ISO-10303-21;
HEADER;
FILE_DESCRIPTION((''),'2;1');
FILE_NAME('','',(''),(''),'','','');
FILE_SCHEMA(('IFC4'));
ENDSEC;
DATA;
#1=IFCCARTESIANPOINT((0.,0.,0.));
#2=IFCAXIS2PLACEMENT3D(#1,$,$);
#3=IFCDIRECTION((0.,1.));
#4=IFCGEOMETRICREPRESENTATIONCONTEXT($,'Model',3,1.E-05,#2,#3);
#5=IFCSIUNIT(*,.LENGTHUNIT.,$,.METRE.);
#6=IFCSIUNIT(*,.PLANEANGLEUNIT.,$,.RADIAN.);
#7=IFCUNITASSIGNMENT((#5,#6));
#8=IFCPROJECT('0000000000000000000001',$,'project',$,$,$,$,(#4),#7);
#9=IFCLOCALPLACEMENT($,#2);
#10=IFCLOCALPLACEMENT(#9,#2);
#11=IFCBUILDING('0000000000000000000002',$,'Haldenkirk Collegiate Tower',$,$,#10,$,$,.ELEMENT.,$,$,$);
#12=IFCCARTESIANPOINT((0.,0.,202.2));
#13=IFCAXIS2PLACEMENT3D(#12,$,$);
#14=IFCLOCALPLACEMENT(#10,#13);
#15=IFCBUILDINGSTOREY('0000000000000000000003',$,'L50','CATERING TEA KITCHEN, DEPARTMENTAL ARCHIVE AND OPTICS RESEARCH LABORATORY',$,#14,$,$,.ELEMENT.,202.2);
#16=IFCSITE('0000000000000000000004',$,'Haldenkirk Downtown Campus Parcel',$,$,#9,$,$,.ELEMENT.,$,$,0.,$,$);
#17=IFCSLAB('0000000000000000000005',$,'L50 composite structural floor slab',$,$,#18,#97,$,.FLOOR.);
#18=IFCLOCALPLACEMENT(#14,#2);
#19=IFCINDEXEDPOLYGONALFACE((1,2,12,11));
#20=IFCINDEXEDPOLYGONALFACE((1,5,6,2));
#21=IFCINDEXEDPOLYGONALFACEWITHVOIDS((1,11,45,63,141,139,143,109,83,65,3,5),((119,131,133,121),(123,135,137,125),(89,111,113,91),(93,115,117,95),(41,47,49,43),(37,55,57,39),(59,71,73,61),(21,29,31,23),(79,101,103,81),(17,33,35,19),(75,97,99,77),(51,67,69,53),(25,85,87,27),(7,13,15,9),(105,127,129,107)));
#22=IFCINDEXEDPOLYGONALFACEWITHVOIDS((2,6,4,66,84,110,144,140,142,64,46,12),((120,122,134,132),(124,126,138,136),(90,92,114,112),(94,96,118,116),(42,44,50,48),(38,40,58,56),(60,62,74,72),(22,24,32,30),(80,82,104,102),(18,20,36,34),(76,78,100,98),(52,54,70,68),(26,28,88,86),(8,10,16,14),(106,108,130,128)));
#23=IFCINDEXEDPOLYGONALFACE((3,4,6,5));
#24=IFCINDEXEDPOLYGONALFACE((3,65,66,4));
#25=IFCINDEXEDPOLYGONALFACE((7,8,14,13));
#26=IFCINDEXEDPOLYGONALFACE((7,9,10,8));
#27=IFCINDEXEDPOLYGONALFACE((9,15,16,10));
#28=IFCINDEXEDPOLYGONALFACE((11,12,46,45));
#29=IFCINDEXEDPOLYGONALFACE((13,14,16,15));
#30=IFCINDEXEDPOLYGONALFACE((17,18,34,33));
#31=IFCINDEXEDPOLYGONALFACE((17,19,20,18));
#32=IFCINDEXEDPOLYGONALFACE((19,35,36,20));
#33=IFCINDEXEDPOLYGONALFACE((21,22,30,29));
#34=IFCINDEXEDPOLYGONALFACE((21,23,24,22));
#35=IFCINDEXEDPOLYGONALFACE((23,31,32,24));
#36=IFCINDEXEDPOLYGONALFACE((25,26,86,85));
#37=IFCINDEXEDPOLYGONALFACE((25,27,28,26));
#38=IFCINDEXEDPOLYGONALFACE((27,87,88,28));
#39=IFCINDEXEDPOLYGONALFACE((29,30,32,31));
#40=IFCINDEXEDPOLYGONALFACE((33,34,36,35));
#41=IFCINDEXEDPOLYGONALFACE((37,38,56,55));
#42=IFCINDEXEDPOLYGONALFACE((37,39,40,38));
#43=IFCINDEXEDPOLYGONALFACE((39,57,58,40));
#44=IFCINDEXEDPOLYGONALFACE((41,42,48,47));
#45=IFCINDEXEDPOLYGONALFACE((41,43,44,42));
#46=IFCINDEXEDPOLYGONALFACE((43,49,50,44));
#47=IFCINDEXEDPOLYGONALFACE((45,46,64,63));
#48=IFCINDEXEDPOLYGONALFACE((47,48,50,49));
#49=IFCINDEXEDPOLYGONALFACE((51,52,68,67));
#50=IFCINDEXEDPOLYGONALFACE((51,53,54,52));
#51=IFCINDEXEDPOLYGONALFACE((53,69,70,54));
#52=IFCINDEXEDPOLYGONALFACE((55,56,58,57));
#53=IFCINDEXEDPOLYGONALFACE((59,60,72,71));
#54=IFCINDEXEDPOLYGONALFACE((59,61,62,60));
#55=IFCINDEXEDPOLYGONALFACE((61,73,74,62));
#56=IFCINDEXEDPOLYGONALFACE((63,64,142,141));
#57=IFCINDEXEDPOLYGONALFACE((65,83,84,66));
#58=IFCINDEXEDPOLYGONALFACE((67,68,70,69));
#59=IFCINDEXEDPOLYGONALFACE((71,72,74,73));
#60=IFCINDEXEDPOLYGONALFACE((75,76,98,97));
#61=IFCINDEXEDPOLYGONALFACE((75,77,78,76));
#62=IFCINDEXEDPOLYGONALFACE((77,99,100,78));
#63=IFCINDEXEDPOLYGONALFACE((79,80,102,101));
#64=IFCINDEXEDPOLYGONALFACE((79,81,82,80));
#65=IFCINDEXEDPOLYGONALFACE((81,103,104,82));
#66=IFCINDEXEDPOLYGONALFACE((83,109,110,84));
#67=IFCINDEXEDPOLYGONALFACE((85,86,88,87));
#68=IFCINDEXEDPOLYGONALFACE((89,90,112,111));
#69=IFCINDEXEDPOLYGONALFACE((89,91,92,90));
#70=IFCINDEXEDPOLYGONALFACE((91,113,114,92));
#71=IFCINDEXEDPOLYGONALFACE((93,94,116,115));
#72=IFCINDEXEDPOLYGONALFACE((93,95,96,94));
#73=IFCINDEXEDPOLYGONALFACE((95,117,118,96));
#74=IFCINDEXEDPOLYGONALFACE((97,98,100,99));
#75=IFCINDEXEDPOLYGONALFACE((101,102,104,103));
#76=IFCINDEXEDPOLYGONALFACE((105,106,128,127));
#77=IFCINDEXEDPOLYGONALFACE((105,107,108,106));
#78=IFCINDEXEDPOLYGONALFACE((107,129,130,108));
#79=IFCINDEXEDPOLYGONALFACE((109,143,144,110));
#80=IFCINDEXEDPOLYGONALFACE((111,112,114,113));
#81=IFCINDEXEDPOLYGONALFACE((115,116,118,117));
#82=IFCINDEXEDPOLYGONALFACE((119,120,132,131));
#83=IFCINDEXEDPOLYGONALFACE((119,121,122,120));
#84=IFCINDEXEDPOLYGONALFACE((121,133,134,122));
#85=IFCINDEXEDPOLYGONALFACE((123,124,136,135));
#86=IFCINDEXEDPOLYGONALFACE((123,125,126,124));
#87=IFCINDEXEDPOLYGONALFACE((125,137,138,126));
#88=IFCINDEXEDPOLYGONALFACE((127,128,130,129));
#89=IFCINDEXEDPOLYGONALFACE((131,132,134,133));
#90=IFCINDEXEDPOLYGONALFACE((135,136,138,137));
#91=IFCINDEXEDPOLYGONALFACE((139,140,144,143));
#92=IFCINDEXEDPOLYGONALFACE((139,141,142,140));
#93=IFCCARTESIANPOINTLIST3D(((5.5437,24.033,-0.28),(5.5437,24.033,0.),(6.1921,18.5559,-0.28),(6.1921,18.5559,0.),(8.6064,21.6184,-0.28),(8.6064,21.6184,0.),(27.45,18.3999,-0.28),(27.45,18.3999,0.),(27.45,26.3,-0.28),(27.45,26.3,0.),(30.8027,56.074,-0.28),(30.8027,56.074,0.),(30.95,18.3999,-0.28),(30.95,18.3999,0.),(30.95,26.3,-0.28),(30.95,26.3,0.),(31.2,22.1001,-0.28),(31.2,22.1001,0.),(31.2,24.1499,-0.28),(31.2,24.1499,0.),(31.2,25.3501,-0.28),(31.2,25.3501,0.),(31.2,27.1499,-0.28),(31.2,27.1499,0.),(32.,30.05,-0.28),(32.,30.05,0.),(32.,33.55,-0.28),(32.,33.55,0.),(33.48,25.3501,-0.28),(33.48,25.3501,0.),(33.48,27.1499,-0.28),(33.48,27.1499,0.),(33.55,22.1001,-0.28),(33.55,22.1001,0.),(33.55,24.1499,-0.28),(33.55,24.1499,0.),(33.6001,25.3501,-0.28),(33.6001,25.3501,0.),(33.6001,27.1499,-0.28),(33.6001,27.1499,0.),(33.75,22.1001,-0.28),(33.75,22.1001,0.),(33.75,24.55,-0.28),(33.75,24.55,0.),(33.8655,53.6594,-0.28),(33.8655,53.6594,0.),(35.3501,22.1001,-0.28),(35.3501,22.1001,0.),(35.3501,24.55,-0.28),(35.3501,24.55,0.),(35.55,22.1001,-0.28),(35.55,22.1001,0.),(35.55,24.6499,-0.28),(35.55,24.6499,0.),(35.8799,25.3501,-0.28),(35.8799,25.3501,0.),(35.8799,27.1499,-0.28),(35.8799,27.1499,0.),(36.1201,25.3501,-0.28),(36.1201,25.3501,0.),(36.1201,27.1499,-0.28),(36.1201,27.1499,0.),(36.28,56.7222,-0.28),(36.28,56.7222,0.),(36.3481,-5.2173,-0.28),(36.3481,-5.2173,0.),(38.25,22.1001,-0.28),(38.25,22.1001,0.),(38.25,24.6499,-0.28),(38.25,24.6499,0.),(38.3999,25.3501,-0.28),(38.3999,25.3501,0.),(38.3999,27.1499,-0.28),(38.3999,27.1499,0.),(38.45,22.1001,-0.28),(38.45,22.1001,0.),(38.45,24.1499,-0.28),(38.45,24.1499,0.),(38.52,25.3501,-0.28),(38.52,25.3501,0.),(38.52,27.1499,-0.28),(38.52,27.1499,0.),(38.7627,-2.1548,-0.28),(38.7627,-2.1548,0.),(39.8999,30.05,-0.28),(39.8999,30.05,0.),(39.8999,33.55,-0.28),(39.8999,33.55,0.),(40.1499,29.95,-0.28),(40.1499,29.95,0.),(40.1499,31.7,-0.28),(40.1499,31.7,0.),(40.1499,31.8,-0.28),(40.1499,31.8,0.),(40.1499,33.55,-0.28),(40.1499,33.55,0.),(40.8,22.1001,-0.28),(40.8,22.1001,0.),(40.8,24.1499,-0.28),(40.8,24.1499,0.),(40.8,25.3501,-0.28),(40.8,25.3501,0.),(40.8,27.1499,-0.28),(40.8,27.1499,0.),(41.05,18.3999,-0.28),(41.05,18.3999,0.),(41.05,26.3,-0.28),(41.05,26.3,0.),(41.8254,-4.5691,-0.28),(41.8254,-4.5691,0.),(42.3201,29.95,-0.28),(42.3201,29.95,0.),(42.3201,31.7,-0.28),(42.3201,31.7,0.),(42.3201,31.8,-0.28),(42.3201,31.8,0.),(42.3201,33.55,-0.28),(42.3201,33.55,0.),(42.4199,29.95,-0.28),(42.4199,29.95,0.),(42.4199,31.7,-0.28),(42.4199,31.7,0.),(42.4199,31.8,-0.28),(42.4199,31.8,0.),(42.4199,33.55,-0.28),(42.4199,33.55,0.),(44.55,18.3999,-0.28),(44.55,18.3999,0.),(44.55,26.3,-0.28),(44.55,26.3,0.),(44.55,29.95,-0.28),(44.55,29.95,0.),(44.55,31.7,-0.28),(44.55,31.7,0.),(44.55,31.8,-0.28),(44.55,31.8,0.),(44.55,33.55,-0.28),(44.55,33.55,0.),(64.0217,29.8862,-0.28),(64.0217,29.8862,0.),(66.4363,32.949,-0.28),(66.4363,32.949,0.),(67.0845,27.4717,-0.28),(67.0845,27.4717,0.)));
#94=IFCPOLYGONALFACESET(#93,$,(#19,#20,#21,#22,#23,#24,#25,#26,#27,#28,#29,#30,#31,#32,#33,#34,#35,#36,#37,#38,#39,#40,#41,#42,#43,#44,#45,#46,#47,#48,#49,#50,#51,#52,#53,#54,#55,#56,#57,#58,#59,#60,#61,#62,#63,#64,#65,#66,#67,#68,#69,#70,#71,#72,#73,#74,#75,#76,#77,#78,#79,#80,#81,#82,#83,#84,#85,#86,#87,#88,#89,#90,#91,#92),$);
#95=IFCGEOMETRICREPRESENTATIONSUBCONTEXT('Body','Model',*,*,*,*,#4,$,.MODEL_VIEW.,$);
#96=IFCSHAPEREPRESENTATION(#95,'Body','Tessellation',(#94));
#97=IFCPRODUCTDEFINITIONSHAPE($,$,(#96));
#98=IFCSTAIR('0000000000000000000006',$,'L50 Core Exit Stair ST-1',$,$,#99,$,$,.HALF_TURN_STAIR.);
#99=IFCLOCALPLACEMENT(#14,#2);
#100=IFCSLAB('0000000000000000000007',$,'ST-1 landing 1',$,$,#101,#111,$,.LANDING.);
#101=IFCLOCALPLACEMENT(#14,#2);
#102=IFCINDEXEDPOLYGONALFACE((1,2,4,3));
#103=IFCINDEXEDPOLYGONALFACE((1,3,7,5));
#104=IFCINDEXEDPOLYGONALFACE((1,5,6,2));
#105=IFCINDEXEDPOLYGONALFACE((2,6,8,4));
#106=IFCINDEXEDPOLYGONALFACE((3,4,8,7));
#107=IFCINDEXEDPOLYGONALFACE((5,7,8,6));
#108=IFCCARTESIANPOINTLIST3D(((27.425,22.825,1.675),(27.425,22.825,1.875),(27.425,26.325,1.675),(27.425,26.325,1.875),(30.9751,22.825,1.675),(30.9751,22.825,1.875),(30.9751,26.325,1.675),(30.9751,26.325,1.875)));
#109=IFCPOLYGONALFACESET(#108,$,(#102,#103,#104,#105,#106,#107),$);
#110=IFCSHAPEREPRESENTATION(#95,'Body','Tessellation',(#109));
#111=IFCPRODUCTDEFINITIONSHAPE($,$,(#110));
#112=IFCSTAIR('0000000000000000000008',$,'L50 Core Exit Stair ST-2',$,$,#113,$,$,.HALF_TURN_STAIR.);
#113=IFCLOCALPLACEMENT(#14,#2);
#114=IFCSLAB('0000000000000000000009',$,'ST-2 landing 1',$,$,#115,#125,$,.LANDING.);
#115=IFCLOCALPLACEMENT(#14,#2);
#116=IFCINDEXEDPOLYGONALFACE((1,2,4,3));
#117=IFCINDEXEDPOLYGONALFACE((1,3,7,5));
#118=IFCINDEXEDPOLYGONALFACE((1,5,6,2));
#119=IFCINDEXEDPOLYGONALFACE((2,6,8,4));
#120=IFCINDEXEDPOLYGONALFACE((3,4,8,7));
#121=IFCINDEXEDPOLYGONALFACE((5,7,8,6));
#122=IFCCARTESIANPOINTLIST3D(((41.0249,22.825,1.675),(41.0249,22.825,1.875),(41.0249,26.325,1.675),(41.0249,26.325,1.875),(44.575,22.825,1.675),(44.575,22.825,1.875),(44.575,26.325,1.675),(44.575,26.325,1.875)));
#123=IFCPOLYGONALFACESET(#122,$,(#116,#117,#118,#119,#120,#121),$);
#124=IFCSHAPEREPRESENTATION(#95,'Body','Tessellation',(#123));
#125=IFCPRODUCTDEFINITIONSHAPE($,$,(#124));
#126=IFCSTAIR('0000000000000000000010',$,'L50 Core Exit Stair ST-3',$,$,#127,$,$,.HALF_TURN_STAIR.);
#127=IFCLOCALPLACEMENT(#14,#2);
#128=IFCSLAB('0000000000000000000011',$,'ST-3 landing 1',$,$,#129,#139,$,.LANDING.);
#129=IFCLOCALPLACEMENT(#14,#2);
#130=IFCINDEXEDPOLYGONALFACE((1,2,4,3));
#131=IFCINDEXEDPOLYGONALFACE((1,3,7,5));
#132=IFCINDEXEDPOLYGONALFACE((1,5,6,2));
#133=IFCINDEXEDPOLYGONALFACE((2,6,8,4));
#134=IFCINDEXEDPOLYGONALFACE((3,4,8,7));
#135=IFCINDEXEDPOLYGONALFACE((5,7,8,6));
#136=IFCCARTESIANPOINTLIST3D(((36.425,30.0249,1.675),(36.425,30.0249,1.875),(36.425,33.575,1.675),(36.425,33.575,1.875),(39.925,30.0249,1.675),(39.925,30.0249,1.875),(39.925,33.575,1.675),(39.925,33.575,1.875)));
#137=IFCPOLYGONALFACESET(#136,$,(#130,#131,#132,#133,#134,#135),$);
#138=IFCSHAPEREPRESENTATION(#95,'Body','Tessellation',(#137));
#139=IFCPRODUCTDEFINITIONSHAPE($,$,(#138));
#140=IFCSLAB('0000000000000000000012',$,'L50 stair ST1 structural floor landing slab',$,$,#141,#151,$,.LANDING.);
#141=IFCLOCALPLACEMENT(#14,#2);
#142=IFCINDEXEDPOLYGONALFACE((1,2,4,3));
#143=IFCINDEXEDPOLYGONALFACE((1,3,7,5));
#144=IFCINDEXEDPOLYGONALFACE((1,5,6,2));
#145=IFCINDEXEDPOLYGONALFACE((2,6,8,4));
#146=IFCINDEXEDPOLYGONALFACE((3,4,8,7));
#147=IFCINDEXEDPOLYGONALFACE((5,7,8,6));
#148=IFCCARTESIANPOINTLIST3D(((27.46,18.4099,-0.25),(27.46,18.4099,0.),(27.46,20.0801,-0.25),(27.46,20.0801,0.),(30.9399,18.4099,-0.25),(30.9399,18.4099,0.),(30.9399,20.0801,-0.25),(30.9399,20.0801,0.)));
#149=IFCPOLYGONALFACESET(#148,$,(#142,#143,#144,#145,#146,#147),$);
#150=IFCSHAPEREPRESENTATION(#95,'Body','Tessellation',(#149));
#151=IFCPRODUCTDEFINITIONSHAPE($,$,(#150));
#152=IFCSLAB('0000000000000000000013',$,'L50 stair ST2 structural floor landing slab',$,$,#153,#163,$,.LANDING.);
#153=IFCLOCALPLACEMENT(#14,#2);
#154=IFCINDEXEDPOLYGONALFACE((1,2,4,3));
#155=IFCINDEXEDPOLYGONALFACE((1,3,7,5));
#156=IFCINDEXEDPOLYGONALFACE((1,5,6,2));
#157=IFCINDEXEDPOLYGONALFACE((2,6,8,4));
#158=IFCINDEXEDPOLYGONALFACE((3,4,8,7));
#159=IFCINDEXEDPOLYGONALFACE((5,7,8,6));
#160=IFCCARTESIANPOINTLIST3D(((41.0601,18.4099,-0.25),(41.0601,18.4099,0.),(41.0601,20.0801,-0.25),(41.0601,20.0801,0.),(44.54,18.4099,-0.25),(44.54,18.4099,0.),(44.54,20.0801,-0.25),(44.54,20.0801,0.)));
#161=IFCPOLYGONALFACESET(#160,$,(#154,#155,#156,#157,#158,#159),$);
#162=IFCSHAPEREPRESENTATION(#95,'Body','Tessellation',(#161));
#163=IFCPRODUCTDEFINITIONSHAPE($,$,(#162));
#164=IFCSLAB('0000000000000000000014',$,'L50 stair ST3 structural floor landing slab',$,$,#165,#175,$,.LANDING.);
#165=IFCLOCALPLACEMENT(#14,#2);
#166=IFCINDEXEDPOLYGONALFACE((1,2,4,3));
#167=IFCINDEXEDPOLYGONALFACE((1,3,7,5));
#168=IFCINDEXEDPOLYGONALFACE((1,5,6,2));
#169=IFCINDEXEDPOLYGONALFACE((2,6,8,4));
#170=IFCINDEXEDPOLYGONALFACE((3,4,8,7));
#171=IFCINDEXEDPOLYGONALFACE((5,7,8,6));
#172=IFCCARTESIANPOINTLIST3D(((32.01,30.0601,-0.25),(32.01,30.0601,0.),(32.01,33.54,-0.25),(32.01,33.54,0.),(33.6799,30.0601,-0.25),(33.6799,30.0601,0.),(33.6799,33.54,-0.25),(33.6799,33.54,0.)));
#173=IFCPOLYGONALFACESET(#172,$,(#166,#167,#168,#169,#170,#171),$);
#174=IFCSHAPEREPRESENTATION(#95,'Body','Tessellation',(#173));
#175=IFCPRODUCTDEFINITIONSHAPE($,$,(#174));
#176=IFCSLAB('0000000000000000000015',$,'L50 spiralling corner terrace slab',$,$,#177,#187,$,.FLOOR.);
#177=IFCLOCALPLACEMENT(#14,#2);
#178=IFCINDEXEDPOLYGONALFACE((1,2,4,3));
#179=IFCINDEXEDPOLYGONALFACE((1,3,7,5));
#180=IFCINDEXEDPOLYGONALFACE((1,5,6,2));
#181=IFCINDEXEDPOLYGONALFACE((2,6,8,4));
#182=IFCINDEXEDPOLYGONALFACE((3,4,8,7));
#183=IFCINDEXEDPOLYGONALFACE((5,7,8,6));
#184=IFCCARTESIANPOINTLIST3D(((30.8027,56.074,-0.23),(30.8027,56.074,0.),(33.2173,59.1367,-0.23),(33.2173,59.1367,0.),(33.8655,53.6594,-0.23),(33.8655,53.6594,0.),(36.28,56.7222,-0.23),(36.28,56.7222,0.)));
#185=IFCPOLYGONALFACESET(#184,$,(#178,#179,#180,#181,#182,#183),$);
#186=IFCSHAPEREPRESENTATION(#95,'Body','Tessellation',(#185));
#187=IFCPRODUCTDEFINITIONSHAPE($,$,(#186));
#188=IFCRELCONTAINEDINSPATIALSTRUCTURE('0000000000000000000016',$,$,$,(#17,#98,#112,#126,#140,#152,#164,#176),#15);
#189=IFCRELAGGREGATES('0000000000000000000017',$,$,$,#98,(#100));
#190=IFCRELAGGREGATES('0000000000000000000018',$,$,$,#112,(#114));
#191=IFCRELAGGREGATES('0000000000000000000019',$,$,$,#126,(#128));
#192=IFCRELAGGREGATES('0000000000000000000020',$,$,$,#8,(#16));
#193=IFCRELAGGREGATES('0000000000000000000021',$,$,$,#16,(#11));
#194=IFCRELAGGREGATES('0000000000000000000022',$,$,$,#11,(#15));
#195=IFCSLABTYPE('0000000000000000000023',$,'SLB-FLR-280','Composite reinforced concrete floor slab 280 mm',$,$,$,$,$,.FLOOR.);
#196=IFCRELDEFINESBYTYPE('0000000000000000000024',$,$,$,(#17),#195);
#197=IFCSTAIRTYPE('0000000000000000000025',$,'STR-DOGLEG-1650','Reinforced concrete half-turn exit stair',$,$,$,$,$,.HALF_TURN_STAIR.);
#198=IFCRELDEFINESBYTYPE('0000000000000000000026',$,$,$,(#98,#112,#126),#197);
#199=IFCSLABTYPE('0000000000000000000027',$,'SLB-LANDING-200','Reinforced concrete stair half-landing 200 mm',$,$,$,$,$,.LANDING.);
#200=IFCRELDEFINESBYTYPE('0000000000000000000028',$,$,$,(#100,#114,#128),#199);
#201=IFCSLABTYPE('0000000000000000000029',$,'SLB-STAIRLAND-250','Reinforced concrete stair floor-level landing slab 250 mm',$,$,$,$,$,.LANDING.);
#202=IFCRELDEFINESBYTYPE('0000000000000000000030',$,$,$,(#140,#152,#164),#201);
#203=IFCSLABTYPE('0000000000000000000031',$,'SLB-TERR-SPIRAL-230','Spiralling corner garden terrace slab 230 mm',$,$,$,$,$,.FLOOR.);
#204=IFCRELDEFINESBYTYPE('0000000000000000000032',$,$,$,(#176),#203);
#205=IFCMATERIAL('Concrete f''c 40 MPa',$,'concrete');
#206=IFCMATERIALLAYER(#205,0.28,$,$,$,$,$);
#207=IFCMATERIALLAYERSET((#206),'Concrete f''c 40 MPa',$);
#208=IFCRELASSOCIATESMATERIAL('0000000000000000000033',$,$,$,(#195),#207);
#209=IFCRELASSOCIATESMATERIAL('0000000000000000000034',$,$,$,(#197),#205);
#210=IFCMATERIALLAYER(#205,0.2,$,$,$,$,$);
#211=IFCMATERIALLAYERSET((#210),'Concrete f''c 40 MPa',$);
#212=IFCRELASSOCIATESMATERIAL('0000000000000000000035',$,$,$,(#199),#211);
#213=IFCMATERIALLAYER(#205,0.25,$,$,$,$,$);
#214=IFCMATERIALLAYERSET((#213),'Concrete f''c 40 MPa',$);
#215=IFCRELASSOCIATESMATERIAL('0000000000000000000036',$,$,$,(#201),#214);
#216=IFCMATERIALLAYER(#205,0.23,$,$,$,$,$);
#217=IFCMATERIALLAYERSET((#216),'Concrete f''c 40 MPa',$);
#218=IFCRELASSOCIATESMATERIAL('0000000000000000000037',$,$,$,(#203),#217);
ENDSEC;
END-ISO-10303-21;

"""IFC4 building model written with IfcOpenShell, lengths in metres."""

from ifc_helpers import new_model, si_unit, direction, frame, origin, place, context, subcontext, project, spatial, polyline, outline, extrude, material, layer, layer_set, type_object, element, aggregate, save


model = new_model("IFC4")

# Units and contexts
model_context = context("Model", 3, precision=1e-05, world=origin(), true_north=direction((0.0, 1.0)))
body_context = subcontext(model_context, "Body", "Model", "MODEL_VIEW")
ifc_project = project(units=[si_unit("LENGTHUNIT", "METRE"), si_unit("PLANEANGLEUNIT", "RADIAN")], contexts=[model_context])

# Site, building, storey
site_placement = place(None, origin())
site = spatial("IfcSite", under=ifc_project, at=site_placement, Name="Haldenkirk Downtown Campus Parcel", CompositionType="ELEMENT", RefElevation=0.0)
building_placement = place(site_placement, origin())
building = spatial("IfcBuilding", under=site, at=building_placement, Name="Haldenkirk Collegiate Tower", CompositionType="ELEMENT")
storey_placement = place(building_placement, frame((0.0, 0.0, 202.2)))
storey = spatial("IfcBuildingStorey", under=building, at=storey_placement, Name="L50", Description="CATERING TEA KITCHEN, DEPARTMENTAL ARCHIVE AND OPTICS RESEARCH LABORATORY", CompositionType="ELEMENT", Elevation=202.2)

# Slab
ifc_material_1 = material(Name="Concrete f'c 40 MPa", Category="concrete")
ifc_layer_1 = layer(ifc_material_1, 0.28)
ifc_layer_set_1 = layer_set([ifc_layer_1], Name="Concrete f'c 40 MPa")
slab_type_1 = type_object("IfcSlabType", Name="SLB-FLR-280", Description="Composite reinforced concrete floor slab 280 mm", PredefinedType="FLOOR", material=ifc_layer_set_1)
slab_1_placement = place(storey_placement, frame((0.0, 0.0, -0.28)))
element("IfcSlab", 1, at=slab_1_placement, inside=storey, type_object=slab_type_1, Name="L50 composite structural floor slab", PredefinedType="FLOOR", context=body_context, shape_type="SweptSolid", body=[
    extrude(outline(polyline([(41.8254, -4.5691), (67.0845, 27.4717), (64.0217, 29.8862), (66.4363, 32.949), (36.28, 56.7222), (33.8655, 53.6594), (30.8027, 56.074), (5.5437, 24.033), (8.6064, 21.6184), (6.1921, 18.5559), (36.3481, -5.2173), (38.7627, -2.1548), (41.8254, -4.5691)]), holes=[polyline([(27.45, 18.3999), (30.95, 18.3999), (30.95, 26.3), (27.45, 26.3), (27.45, 18.3999)]), polyline([(41.05, 18.3999), (44.55, 18.3999), (44.55, 26.3), (41.05, 26.3), (41.05, 18.3999)]), polyline([(32.0, 30.05), (39.8999, 30.05), (39.8999, 33.55), (32.0, 33.55), (32.0, 30.05)]), polyline([(33.75, 22.1001), (35.3501, 22.1001), (35.3501, 24.55), (33.75, 24.55), (33.75, 22.1001)]), polyline([(40.1499, 29.95), (42.3201, 29.95), (42.3201, 31.7), (40.1499, 31.7), (40.1499, 29.95)]), polyline([(42.4199, 29.95), (44.55, 29.95), (44.55, 31.7), (42.4199, 31.7), (42.4199, 29.95)]), polyline([(40.1499, 31.8), (42.3201, 31.8), (42.3201, 33.55), (40.1499, 33.55), (40.1499, 31.8)]), polyline([(42.4199, 31.8), (44.55, 31.8), (44.55, 33.55), (42.4199, 33.55), (42.4199, 31.8)]), polyline([(31.2, 25.3501), (33.48, 25.3501), (33.48, 27.1499), (31.2, 27.1499), (31.2, 25.3501)]), polyline([(33.6001, 25.3501), (35.8799, 25.3501), (35.8799, 27.1499), (33.6001, 27.1499), (33.6001, 25.3501)]), polyline([(36.1201, 25.3501), (38.3999, 25.3501), (38.3999, 27.1499), (36.1201, 27.1499), (36.1201, 25.3501)]), polyline([(38.52, 25.3501), (40.8, 25.3501), (40.8, 27.1499), (38.52, 27.1499), (38.52, 25.3501)]), polyline([(31.2, 22.1001), (33.55, 22.1001), (33.55, 24.1499), (31.2, 24.1499), (31.2, 22.1001)]), polyline([(38.45, 22.1001), (40.8, 22.1001), (40.8, 24.1499), (38.45, 24.1499), (38.45, 22.1001)]), polyline([(35.55, 22.1001), (38.25, 22.1001), (38.25, 24.6499), (35.55, 24.6499), (35.55, 22.1001)])]), origin(), (0.0, 0.0, 1.0), 0.28),
])

# Stairs, slabs
stair_type = type_object("IfcStairType", Name="STR-DOGLEG-1650", Description="Reinforced concrete half-turn exit stair", PredefinedType="HALF_TURN_STAIR", material=ifc_material_1)
stair_1_placement = place(storey_placement, origin())
stair_1 = element("IfcStair", 2, at=stair_1_placement, inside=storey, type_object=stair_type, Name="L50 Core Exit Stair ST-1", PredefinedType="HALF_TURN_STAIR")
ifc_layer_2 = layer(ifc_material_1, 0.2)
ifc_layer_set_2 = layer_set([ifc_layer_2], Name="Concrete f'c 40 MPa")
slab_type_2 = type_object("IfcSlabType", Name="SLB-LANDING-200", Description="Reinforced concrete stair half-landing 200 mm", PredefinedType="LANDING", material=ifc_layer_set_2)
slab_2_placement = place(storey_placement, frame((0.0, 0.0, 1.675)))
slab_2 = element("IfcSlab", 3, at=slab_2_placement, type_object=slab_type_2, Name="ST-1 landing 1", PredefinedType="LANDING", context=body_context, shape_type="SweptSolid", body=[
    extrude(outline(polyline([(30.9751, 22.825), (27.425, 22.825), (27.425, 26.325), (30.9751, 26.325), (30.9751, 22.825)])), origin(), (0.0, 0.0, 1.0), 0.2),
])
aggregate(stair_1, [slab_2])
stair_2_placement = place(storey_placement, origin())
stair_2 = element("IfcStair", 4, at=stair_2_placement, inside=storey, type_object=stair_type, Name="L50 Core Exit Stair ST-2", PredefinedType="HALF_TURN_STAIR")
slab_3_placement = place(storey_placement, frame((0.0, 0.0, 1.675)))
slab_3 = element("IfcSlab", 5, at=slab_3_placement, type_object=slab_type_2, Name="ST-2 landing 1", PredefinedType="LANDING", context=body_context, shape_type="SweptSolid", body=[
    extrude(outline(polyline([(44.575, 22.825), (41.0249, 22.825), (41.0249, 26.325), (44.575, 26.325), (44.575, 22.825)])), origin(), (0.0, 0.0, 1.0), 0.2),
])
aggregate(stair_2, [slab_3])
stair_3_placement = place(storey_placement, origin())
stair_3 = element("IfcStair", 6, at=stair_3_placement, inside=storey, type_object=stair_type, Name="L50 Core Exit Stair ST-3", PredefinedType="HALF_TURN_STAIR")
slab_4_placement = place(storey_placement, frame((0.0, 0.0, 1.675)))
slab_4 = element("IfcSlab", 7, at=slab_4_placement, type_object=slab_type_2, Name="ST-3 landing 1", PredefinedType="LANDING", context=body_context, shape_type="SweptSolid", body=[
    extrude(outline(polyline([(36.425, 30.0249), (36.425, 33.575), (39.925, 33.575), (39.925, 30.0249), (36.425, 30.0249)])), origin(), (0.0, 0.0, 1.0), 0.2),
])
aggregate(stair_3, [slab_4])

# Slabs
ifc_layer_3 = layer(ifc_material_1, 0.25)
ifc_layer_set_3 = layer_set([ifc_layer_3], Name="Concrete f'c 40 MPa")
slab_type_3 = type_object("IfcSlabType", Name="SLB-STAIRLAND-250", Description="Reinforced concrete stair floor-level landing slab 250 mm", PredefinedType="LANDING", material=ifc_layer_set_3)
slab_5_placement = place(storey_placement, frame((0.0, 0.0, -0.25)))
element("IfcSlab", 8, at=slab_5_placement, inside=storey, type_object=slab_type_3, Name="L50 stair ST1 structural floor landing slab", PredefinedType="LANDING", context=body_context, shape_type="SweptSolid", body=[
    extrude(outline(polyline([(27.46, 18.4099), (30.9399, 18.4099), (30.9399, 20.0801), (27.46, 20.0801), (27.46, 18.4099)])), origin(), (0.0, 0.0, 1.0), 0.25),
])
slab_6_placement = place(storey_placement, frame((0.0, 0.0, -0.25)))
element("IfcSlab", 9, at=slab_6_placement, inside=storey, type_object=slab_type_3, Name="L50 stair ST2 structural floor landing slab", PredefinedType="LANDING", context=body_context, shape_type="SweptSolid", body=[
    extrude(outline(polyline([(41.0601, 18.4099), (44.54, 18.4099), (44.54, 20.0801), (41.0601, 20.0801), (41.0601, 18.4099)])), origin(), (0.0, 0.0, 1.0), 0.25),
])
slab_7_placement = place(storey_placement, frame((0.0, 0.0, -0.25)))
element("IfcSlab", 10, at=slab_7_placement, inside=storey, type_object=slab_type_3, Name="L50 stair ST3 structural floor landing slab", PredefinedType="LANDING", context=body_context, shape_type="SweptSolid", body=[
    extrude(outline(polyline([(32.01, 30.0601), (33.6799, 30.0601), (33.6799, 33.54), (32.01, 33.54), (32.01, 30.0601)])), origin(), (0.0, 0.0, 1.0), 0.25),
])
ifc_layer_4 = layer(ifc_material_1, 0.23)
ifc_layer_set_4 = layer_set([ifc_layer_4], Name="Concrete f'c 40 MPa")
slab_type_4 = type_object("IfcSlabType", Name="SLB-TERR-SPIRAL-230", Description="Spiralling corner garden terrace slab 230 mm", PredefinedType="FLOOR", material=ifc_layer_set_4)
slab_8_placement = place(storey_placement, frame((0.0, 0.0, -0.23)))
element("IfcSlab", 11, at=slab_8_placement, inside=storey, type_object=slab_type_4, Name="L50 spiralling corner terrace slab", PredefinedType="FLOOR", context=body_context, shape_type="SweptSolid", body=[
    extrude(outline(polyline([(33.8655, 53.6594), (36.28, 56.7222), (33.2173, 59.1367), (30.8027, 56.074), (33.8655, 53.6594)])), origin(), (0.0, 0.0, 1.0), 0.23),
])

save(model, "model.ifc")
